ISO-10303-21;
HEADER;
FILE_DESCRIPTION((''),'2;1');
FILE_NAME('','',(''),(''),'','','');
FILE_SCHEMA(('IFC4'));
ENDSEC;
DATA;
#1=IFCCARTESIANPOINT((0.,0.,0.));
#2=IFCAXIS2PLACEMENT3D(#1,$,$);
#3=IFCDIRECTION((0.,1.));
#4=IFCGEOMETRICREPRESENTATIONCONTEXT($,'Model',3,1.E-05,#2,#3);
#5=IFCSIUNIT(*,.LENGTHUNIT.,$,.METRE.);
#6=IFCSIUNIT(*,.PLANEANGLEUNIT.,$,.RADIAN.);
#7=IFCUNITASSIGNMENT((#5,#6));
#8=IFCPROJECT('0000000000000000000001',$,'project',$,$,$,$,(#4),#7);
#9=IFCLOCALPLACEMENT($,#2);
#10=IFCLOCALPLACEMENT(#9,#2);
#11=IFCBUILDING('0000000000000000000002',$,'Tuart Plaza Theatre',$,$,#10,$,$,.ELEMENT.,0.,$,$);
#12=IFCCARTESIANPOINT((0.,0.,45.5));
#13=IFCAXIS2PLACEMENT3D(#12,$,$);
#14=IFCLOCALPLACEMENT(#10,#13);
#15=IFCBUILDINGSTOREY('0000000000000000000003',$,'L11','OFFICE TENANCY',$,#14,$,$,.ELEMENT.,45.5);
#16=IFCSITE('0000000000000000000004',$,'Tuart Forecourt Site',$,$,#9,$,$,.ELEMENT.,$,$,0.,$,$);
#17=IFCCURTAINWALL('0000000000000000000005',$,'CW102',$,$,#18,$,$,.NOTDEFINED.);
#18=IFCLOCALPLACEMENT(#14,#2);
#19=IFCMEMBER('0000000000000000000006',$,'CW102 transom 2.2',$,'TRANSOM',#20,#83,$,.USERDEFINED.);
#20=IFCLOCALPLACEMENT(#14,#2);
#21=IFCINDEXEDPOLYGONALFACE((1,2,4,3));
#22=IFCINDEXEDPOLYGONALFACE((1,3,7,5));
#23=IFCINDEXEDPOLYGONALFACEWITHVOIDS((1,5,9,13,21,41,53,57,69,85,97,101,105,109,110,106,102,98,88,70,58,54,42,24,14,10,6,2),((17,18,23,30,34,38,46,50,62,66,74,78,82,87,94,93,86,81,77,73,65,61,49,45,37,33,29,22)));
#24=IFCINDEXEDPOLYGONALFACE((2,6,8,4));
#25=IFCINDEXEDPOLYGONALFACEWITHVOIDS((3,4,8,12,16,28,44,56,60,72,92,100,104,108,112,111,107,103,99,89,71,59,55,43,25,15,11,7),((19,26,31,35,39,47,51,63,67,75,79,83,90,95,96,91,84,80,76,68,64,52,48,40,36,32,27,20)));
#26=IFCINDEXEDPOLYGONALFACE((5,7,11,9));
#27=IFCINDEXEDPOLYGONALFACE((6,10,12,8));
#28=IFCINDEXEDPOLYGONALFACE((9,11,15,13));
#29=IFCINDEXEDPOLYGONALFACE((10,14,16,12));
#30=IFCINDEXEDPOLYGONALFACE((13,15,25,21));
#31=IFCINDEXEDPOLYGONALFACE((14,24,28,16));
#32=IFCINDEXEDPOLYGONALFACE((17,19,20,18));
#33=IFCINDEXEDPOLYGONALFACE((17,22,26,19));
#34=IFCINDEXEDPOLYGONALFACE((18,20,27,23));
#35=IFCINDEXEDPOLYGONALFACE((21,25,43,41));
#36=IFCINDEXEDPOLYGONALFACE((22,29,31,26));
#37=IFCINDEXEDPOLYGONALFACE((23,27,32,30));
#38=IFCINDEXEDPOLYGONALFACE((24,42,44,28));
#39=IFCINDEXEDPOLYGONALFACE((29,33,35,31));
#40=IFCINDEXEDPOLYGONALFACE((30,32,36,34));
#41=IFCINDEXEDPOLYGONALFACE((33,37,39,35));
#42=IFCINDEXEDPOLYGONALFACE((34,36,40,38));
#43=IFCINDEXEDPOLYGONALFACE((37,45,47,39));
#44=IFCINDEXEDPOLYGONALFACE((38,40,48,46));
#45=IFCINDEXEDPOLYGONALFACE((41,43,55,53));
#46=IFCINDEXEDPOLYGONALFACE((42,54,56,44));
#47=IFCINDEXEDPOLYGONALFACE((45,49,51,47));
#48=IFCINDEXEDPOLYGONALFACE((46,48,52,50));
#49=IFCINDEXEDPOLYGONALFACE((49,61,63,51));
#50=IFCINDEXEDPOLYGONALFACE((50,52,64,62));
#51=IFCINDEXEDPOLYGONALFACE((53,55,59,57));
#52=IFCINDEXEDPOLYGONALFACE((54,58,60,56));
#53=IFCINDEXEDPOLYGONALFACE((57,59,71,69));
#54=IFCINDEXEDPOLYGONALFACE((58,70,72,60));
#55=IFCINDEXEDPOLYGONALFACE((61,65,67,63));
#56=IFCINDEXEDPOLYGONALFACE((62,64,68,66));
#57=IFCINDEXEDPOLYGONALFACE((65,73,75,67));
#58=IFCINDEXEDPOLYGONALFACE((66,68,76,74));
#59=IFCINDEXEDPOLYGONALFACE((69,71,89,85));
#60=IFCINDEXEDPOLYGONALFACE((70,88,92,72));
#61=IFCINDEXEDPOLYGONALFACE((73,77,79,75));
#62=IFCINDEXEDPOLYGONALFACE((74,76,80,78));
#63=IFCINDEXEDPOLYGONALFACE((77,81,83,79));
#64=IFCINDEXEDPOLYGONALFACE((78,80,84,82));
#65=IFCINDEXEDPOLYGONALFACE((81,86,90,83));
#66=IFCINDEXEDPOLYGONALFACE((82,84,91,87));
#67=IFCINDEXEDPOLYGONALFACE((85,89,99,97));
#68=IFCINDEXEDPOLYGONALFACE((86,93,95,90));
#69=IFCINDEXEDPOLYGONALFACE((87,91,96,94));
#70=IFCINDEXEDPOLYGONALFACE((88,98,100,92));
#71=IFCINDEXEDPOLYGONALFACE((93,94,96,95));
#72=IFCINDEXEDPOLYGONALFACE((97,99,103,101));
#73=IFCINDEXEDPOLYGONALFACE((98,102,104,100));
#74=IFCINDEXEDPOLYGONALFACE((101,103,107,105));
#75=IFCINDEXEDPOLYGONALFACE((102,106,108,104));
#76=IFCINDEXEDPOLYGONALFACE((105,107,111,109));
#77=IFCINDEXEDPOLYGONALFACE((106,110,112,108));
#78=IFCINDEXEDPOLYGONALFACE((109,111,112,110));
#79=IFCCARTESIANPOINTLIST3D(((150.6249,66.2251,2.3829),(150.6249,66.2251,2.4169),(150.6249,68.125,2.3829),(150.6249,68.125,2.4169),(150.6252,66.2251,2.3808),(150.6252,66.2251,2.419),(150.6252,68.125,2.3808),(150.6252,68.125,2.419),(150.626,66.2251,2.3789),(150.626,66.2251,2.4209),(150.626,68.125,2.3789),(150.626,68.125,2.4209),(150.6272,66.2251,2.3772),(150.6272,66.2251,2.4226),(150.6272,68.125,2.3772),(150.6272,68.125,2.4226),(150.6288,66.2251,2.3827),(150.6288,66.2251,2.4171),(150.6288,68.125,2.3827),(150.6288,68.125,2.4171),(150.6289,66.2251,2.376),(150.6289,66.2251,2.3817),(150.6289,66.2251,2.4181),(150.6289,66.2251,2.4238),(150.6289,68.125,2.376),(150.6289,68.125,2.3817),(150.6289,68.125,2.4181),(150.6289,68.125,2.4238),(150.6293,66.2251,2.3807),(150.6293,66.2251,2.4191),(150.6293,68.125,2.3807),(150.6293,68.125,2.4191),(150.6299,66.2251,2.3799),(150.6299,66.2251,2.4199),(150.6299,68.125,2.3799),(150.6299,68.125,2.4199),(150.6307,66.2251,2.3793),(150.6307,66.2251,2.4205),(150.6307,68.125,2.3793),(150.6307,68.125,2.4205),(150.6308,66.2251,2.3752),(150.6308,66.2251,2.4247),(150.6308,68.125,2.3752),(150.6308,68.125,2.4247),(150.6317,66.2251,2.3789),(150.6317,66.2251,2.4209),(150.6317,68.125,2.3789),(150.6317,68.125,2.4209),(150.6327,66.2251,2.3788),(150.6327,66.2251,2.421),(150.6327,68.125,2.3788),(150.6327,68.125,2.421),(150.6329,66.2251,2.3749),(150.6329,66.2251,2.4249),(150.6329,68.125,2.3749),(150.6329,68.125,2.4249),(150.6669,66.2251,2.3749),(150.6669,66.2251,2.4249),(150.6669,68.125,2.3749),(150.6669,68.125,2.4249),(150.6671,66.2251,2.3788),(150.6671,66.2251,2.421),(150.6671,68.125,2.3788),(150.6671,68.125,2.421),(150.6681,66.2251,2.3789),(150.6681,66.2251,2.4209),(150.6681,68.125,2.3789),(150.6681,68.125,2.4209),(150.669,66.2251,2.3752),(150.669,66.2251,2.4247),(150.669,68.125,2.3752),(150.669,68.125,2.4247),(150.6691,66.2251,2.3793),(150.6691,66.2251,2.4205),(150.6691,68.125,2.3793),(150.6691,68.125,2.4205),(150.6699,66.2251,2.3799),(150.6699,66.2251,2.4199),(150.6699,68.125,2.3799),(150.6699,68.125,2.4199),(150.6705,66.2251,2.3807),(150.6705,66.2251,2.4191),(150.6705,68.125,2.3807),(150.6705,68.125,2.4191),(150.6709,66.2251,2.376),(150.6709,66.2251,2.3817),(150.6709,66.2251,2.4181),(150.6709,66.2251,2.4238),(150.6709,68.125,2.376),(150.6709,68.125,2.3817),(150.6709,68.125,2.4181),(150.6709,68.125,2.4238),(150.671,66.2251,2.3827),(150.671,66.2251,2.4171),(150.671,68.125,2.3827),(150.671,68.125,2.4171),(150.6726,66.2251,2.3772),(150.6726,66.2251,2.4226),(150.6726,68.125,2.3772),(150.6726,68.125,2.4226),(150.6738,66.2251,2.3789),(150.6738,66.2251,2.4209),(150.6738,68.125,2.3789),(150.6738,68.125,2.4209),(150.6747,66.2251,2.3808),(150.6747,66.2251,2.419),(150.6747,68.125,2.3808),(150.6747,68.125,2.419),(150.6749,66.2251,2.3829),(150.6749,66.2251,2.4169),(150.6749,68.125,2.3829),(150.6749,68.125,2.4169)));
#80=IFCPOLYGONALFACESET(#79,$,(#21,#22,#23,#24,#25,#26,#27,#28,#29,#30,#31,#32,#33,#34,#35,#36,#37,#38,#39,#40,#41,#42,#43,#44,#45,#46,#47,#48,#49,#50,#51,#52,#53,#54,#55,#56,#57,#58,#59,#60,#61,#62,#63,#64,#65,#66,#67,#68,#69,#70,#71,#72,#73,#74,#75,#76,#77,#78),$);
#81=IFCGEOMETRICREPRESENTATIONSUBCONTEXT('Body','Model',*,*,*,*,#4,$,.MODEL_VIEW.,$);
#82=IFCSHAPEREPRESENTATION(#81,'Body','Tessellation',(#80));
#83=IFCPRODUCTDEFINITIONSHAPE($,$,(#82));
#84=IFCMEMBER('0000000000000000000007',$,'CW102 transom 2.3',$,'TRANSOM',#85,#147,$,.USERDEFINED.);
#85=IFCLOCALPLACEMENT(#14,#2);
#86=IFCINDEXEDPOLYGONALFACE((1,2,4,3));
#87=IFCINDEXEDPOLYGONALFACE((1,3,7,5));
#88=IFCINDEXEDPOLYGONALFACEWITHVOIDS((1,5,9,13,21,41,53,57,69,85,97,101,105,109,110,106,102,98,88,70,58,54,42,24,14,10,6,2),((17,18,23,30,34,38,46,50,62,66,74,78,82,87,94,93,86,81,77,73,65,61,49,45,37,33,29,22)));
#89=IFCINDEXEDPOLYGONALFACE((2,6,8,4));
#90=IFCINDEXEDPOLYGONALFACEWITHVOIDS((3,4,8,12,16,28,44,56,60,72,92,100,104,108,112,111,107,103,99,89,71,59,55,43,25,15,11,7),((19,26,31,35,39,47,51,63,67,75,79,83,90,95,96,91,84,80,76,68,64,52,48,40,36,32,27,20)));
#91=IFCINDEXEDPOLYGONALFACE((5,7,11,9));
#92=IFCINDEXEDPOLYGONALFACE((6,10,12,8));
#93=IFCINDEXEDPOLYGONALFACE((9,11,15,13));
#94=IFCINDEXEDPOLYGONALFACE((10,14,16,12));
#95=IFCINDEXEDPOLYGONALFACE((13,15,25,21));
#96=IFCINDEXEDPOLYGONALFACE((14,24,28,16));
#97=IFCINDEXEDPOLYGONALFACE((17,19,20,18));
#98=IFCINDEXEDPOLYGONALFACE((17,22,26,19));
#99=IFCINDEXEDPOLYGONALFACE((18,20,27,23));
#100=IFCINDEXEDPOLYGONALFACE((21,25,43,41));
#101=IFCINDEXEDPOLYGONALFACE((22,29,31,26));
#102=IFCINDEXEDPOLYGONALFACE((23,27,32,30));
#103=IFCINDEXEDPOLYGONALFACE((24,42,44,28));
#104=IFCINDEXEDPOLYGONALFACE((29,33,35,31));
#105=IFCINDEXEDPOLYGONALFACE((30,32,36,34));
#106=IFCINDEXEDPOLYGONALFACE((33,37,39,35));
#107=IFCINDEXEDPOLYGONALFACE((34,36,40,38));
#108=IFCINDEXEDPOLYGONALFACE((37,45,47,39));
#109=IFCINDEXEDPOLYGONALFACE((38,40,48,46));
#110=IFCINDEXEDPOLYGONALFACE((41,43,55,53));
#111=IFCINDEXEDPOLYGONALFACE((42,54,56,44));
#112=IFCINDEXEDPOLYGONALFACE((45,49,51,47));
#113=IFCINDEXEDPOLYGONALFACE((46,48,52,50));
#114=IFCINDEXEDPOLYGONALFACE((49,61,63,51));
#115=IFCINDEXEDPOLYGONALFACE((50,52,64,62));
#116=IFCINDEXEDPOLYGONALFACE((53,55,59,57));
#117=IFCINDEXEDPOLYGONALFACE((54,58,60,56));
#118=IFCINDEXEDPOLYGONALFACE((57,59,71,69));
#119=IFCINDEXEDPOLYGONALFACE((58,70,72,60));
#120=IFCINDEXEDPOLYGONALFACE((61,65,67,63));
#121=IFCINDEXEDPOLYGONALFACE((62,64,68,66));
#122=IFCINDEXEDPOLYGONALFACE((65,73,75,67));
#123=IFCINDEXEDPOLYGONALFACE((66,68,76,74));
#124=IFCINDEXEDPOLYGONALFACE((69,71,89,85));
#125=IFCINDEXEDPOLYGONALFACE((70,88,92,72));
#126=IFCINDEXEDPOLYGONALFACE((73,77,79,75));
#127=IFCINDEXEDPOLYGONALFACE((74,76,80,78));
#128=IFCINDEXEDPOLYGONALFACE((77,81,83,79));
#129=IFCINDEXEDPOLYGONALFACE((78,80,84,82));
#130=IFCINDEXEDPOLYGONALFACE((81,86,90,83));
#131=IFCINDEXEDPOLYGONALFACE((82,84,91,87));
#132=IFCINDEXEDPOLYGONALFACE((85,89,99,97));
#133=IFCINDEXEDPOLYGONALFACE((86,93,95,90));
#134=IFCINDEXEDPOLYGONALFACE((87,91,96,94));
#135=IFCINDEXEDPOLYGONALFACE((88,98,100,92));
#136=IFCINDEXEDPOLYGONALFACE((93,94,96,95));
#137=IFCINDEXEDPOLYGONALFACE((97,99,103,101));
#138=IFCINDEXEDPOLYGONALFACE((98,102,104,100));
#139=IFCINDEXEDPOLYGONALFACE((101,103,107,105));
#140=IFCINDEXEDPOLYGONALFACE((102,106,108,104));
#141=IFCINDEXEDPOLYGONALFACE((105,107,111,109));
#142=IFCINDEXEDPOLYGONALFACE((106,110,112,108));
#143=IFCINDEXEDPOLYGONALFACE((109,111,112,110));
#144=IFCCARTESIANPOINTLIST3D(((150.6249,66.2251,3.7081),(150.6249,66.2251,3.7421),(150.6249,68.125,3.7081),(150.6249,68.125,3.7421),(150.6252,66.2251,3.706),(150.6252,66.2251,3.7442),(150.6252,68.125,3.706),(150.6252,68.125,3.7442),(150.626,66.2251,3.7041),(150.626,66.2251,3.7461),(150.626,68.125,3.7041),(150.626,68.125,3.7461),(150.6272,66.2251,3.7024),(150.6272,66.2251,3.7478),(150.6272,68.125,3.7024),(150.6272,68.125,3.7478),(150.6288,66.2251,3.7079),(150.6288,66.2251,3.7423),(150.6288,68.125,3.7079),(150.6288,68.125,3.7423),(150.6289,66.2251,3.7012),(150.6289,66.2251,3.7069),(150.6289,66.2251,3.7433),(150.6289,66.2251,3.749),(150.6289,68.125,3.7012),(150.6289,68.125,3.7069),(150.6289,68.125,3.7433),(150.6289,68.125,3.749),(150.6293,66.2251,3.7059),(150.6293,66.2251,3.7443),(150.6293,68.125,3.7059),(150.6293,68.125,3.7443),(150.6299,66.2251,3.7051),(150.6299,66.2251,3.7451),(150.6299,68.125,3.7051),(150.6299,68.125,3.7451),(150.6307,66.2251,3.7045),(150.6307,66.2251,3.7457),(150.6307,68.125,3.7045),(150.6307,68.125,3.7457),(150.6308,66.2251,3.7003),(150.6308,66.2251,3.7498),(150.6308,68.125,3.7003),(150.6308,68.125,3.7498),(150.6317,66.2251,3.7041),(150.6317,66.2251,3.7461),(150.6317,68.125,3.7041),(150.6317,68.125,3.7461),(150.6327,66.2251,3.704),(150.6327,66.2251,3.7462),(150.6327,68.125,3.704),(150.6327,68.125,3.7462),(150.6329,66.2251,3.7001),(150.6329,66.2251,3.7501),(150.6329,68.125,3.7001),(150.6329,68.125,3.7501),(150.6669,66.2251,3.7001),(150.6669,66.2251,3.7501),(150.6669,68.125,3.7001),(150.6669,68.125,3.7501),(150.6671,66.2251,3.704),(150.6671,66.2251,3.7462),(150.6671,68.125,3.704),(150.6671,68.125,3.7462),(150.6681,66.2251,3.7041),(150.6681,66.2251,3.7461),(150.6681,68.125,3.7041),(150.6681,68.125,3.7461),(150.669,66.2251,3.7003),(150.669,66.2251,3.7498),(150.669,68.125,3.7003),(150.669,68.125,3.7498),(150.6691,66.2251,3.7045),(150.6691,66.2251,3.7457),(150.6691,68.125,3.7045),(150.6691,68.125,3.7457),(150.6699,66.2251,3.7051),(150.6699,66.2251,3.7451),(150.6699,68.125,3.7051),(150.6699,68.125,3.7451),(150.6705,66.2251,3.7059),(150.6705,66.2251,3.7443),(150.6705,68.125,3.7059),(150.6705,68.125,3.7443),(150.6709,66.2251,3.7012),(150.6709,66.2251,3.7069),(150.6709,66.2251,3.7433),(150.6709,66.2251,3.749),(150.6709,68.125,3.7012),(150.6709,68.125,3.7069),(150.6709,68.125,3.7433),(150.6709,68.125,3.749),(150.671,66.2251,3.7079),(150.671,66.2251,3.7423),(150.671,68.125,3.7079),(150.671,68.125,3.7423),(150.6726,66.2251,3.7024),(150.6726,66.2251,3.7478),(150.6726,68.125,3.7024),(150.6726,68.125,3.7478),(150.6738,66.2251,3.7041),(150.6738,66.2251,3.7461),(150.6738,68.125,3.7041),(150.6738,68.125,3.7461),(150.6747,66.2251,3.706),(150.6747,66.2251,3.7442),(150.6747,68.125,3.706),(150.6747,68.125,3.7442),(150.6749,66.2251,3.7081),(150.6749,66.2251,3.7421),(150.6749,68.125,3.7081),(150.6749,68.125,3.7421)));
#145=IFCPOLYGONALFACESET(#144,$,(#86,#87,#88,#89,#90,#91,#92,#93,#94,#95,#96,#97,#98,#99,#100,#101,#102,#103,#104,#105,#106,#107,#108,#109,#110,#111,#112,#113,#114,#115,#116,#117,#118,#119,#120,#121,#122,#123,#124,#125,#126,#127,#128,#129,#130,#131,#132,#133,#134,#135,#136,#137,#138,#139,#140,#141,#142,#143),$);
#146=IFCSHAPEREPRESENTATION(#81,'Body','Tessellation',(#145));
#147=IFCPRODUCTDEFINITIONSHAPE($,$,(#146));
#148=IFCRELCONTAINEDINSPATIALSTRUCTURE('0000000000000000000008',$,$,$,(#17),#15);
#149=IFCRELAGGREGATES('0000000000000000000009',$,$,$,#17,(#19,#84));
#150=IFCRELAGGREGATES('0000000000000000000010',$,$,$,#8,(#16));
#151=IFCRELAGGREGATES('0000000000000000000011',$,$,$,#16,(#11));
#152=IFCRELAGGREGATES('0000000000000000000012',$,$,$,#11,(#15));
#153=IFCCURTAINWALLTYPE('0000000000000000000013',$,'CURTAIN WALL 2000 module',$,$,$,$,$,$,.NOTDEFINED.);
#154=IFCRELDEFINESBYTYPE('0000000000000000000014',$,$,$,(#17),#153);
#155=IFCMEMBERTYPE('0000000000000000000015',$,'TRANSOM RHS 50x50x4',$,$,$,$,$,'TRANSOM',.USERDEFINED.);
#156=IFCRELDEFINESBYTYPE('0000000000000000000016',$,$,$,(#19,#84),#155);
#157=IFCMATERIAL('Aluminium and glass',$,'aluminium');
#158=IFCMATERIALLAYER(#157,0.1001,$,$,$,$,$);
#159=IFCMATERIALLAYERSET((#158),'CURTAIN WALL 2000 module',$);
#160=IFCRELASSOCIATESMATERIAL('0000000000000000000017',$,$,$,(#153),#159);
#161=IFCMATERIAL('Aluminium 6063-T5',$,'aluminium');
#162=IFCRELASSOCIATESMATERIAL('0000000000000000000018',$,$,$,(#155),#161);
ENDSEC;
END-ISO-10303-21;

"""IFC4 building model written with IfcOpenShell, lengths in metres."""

from ifc_helpers import new_model, si_unit, direction, frame, origin, origin_2d, place, context, subcontext, project, spatial, hollow_rectangle, extrude, material, layer, layer_set, material_profile, profile_set, type_object, element, aggregate, save


model = new_model("IFC4")

# Units and contexts
model_context = context("Model", 3, precision=1e-05, world=origin(), true_north=direction((0.0, 1.0)))
body_context = subcontext(model_context, "Body", "Model", "MODEL_VIEW")
ifc_project = project(units=[si_unit("LENGTHUNIT", "METRE"), si_unit("PLANEANGLEUNIT", "RADIAN")], contexts=[model_context])

# Site, building, storey
site_placement = place(None, origin())
site = spatial("IfcSite", under=ifc_project, at=site_placement, Name="Tuart Forecourt Site", CompositionType="ELEMENT", RefElevation=0.0)
building_placement = place(site_placement, origin())
building = spatial("IfcBuilding", under=site, at=building_placement, Name="Tuart Plaza Theatre", CompositionType="ELEMENT", ElevationOfRefHeight=0.0)
storey_placement = place(building_placement, frame((0.0, 0.0, 45.5)))
storey = spatial("IfcBuildingStorey", under=building, at=storey_placement, Name="L11", Description="OFFICE TENANCY", CompositionType="ELEMENT", Elevation=45.5)

# Shared definitions
ifc_material_1 = material(Name="Aluminium and glass", Category="aluminium")
ifc_layer_1 = layer(ifc_material_1, 0.1001)
ifc_layer_set_1 = layer_set([ifc_layer_1], Name="CURTAIN WALL 2000 module")
curtain_wall_type = type_object("IfcCurtainWallType", Name="CURTAIN WALL 2000 module", PredefinedType="NOTDEFINED", material=ifc_layer_set_1)

# Curtain wall
curtain_wall_1_placement = place(storey_placement, origin())
curtain_wall_1 = element("IfcCurtainWall", 1, at=curtain_wall_1_placement, inside=storey, type_object=curtain_wall_type, Name="CW102", PredefinedType="NOTDEFINED")

# Members
ifc_material_2 = material(Name="Aluminium 6063-T5", Category="aluminium")
ifc_material_profile_1 = material_profile(ifc_material_2, hollow_rectangle(XDim=0.05, YDim=0.05, WallThickness=0.0039, InnerFilletRadius=0.0039, OuterFilletRadius=0.0081, at=origin_2d()), Name="RHS 50x50x4")
ifc_profile_set_1 = profile_set([ifc_material_profile_1], Name="Aluminium 6063-T5")
member_type_1 = type_object("IfcMemberType", Name="TRANSOM RHS 50x50x4", ElementType="TRANSOM", PredefinedType="USERDEFINED", material=ifc_profile_set_1)
member_1_placement = place(storey_placement, frame((150.6499, 66.2251, 2.3999), z_axis=(0.0, 1.0, 0.0), x_axis=(-1.0, 0.0, 0.0)))
member_1 = element("IfcMember", 2, at=member_1_placement, type_object=member_type_1, Name="CW102 transom 2.2", ObjectType="TRANSOM", PredefinedType="USERDEFINED", context=body_context, shape_type="SweptSolid", body=[
    extrude(hollow_rectangle(XDim=0.05, YDim=0.05, WallThickness=0.0039, InnerFilletRadius=0.0039, OuterFilletRadius=0.0081, at=origin_2d()), origin(), (0.0, 0.0, 1.0), 1.8999),
])
member_2_placement = place(storey_placement, frame((150.6499, 66.2251, 3.7251), z_axis=(0.0, 1.0, 0.0), x_axis=(-1.0, 0.0, 0.0)))
member_2 = element("IfcMember", 3, at=member_2_placement, type_object=member_type_1, Name="CW102 transom 2.3", ObjectType="TRANSOM", PredefinedType="USERDEFINED", context=body_context, shape_type="SweptSolid", body=[
    extrude(hollow_rectangle(XDim=0.05, YDim=0.05, WallThickness=0.0039, InnerFilletRadius=0.0039, OuterFilletRadius=0.0081, at=origin_2d()), origin(), (0.0, 0.0, 1.0), 1.8999),
])

aggregate(curtain_wall_1, [member_1, member_2])

save(model, "model.ifc")
